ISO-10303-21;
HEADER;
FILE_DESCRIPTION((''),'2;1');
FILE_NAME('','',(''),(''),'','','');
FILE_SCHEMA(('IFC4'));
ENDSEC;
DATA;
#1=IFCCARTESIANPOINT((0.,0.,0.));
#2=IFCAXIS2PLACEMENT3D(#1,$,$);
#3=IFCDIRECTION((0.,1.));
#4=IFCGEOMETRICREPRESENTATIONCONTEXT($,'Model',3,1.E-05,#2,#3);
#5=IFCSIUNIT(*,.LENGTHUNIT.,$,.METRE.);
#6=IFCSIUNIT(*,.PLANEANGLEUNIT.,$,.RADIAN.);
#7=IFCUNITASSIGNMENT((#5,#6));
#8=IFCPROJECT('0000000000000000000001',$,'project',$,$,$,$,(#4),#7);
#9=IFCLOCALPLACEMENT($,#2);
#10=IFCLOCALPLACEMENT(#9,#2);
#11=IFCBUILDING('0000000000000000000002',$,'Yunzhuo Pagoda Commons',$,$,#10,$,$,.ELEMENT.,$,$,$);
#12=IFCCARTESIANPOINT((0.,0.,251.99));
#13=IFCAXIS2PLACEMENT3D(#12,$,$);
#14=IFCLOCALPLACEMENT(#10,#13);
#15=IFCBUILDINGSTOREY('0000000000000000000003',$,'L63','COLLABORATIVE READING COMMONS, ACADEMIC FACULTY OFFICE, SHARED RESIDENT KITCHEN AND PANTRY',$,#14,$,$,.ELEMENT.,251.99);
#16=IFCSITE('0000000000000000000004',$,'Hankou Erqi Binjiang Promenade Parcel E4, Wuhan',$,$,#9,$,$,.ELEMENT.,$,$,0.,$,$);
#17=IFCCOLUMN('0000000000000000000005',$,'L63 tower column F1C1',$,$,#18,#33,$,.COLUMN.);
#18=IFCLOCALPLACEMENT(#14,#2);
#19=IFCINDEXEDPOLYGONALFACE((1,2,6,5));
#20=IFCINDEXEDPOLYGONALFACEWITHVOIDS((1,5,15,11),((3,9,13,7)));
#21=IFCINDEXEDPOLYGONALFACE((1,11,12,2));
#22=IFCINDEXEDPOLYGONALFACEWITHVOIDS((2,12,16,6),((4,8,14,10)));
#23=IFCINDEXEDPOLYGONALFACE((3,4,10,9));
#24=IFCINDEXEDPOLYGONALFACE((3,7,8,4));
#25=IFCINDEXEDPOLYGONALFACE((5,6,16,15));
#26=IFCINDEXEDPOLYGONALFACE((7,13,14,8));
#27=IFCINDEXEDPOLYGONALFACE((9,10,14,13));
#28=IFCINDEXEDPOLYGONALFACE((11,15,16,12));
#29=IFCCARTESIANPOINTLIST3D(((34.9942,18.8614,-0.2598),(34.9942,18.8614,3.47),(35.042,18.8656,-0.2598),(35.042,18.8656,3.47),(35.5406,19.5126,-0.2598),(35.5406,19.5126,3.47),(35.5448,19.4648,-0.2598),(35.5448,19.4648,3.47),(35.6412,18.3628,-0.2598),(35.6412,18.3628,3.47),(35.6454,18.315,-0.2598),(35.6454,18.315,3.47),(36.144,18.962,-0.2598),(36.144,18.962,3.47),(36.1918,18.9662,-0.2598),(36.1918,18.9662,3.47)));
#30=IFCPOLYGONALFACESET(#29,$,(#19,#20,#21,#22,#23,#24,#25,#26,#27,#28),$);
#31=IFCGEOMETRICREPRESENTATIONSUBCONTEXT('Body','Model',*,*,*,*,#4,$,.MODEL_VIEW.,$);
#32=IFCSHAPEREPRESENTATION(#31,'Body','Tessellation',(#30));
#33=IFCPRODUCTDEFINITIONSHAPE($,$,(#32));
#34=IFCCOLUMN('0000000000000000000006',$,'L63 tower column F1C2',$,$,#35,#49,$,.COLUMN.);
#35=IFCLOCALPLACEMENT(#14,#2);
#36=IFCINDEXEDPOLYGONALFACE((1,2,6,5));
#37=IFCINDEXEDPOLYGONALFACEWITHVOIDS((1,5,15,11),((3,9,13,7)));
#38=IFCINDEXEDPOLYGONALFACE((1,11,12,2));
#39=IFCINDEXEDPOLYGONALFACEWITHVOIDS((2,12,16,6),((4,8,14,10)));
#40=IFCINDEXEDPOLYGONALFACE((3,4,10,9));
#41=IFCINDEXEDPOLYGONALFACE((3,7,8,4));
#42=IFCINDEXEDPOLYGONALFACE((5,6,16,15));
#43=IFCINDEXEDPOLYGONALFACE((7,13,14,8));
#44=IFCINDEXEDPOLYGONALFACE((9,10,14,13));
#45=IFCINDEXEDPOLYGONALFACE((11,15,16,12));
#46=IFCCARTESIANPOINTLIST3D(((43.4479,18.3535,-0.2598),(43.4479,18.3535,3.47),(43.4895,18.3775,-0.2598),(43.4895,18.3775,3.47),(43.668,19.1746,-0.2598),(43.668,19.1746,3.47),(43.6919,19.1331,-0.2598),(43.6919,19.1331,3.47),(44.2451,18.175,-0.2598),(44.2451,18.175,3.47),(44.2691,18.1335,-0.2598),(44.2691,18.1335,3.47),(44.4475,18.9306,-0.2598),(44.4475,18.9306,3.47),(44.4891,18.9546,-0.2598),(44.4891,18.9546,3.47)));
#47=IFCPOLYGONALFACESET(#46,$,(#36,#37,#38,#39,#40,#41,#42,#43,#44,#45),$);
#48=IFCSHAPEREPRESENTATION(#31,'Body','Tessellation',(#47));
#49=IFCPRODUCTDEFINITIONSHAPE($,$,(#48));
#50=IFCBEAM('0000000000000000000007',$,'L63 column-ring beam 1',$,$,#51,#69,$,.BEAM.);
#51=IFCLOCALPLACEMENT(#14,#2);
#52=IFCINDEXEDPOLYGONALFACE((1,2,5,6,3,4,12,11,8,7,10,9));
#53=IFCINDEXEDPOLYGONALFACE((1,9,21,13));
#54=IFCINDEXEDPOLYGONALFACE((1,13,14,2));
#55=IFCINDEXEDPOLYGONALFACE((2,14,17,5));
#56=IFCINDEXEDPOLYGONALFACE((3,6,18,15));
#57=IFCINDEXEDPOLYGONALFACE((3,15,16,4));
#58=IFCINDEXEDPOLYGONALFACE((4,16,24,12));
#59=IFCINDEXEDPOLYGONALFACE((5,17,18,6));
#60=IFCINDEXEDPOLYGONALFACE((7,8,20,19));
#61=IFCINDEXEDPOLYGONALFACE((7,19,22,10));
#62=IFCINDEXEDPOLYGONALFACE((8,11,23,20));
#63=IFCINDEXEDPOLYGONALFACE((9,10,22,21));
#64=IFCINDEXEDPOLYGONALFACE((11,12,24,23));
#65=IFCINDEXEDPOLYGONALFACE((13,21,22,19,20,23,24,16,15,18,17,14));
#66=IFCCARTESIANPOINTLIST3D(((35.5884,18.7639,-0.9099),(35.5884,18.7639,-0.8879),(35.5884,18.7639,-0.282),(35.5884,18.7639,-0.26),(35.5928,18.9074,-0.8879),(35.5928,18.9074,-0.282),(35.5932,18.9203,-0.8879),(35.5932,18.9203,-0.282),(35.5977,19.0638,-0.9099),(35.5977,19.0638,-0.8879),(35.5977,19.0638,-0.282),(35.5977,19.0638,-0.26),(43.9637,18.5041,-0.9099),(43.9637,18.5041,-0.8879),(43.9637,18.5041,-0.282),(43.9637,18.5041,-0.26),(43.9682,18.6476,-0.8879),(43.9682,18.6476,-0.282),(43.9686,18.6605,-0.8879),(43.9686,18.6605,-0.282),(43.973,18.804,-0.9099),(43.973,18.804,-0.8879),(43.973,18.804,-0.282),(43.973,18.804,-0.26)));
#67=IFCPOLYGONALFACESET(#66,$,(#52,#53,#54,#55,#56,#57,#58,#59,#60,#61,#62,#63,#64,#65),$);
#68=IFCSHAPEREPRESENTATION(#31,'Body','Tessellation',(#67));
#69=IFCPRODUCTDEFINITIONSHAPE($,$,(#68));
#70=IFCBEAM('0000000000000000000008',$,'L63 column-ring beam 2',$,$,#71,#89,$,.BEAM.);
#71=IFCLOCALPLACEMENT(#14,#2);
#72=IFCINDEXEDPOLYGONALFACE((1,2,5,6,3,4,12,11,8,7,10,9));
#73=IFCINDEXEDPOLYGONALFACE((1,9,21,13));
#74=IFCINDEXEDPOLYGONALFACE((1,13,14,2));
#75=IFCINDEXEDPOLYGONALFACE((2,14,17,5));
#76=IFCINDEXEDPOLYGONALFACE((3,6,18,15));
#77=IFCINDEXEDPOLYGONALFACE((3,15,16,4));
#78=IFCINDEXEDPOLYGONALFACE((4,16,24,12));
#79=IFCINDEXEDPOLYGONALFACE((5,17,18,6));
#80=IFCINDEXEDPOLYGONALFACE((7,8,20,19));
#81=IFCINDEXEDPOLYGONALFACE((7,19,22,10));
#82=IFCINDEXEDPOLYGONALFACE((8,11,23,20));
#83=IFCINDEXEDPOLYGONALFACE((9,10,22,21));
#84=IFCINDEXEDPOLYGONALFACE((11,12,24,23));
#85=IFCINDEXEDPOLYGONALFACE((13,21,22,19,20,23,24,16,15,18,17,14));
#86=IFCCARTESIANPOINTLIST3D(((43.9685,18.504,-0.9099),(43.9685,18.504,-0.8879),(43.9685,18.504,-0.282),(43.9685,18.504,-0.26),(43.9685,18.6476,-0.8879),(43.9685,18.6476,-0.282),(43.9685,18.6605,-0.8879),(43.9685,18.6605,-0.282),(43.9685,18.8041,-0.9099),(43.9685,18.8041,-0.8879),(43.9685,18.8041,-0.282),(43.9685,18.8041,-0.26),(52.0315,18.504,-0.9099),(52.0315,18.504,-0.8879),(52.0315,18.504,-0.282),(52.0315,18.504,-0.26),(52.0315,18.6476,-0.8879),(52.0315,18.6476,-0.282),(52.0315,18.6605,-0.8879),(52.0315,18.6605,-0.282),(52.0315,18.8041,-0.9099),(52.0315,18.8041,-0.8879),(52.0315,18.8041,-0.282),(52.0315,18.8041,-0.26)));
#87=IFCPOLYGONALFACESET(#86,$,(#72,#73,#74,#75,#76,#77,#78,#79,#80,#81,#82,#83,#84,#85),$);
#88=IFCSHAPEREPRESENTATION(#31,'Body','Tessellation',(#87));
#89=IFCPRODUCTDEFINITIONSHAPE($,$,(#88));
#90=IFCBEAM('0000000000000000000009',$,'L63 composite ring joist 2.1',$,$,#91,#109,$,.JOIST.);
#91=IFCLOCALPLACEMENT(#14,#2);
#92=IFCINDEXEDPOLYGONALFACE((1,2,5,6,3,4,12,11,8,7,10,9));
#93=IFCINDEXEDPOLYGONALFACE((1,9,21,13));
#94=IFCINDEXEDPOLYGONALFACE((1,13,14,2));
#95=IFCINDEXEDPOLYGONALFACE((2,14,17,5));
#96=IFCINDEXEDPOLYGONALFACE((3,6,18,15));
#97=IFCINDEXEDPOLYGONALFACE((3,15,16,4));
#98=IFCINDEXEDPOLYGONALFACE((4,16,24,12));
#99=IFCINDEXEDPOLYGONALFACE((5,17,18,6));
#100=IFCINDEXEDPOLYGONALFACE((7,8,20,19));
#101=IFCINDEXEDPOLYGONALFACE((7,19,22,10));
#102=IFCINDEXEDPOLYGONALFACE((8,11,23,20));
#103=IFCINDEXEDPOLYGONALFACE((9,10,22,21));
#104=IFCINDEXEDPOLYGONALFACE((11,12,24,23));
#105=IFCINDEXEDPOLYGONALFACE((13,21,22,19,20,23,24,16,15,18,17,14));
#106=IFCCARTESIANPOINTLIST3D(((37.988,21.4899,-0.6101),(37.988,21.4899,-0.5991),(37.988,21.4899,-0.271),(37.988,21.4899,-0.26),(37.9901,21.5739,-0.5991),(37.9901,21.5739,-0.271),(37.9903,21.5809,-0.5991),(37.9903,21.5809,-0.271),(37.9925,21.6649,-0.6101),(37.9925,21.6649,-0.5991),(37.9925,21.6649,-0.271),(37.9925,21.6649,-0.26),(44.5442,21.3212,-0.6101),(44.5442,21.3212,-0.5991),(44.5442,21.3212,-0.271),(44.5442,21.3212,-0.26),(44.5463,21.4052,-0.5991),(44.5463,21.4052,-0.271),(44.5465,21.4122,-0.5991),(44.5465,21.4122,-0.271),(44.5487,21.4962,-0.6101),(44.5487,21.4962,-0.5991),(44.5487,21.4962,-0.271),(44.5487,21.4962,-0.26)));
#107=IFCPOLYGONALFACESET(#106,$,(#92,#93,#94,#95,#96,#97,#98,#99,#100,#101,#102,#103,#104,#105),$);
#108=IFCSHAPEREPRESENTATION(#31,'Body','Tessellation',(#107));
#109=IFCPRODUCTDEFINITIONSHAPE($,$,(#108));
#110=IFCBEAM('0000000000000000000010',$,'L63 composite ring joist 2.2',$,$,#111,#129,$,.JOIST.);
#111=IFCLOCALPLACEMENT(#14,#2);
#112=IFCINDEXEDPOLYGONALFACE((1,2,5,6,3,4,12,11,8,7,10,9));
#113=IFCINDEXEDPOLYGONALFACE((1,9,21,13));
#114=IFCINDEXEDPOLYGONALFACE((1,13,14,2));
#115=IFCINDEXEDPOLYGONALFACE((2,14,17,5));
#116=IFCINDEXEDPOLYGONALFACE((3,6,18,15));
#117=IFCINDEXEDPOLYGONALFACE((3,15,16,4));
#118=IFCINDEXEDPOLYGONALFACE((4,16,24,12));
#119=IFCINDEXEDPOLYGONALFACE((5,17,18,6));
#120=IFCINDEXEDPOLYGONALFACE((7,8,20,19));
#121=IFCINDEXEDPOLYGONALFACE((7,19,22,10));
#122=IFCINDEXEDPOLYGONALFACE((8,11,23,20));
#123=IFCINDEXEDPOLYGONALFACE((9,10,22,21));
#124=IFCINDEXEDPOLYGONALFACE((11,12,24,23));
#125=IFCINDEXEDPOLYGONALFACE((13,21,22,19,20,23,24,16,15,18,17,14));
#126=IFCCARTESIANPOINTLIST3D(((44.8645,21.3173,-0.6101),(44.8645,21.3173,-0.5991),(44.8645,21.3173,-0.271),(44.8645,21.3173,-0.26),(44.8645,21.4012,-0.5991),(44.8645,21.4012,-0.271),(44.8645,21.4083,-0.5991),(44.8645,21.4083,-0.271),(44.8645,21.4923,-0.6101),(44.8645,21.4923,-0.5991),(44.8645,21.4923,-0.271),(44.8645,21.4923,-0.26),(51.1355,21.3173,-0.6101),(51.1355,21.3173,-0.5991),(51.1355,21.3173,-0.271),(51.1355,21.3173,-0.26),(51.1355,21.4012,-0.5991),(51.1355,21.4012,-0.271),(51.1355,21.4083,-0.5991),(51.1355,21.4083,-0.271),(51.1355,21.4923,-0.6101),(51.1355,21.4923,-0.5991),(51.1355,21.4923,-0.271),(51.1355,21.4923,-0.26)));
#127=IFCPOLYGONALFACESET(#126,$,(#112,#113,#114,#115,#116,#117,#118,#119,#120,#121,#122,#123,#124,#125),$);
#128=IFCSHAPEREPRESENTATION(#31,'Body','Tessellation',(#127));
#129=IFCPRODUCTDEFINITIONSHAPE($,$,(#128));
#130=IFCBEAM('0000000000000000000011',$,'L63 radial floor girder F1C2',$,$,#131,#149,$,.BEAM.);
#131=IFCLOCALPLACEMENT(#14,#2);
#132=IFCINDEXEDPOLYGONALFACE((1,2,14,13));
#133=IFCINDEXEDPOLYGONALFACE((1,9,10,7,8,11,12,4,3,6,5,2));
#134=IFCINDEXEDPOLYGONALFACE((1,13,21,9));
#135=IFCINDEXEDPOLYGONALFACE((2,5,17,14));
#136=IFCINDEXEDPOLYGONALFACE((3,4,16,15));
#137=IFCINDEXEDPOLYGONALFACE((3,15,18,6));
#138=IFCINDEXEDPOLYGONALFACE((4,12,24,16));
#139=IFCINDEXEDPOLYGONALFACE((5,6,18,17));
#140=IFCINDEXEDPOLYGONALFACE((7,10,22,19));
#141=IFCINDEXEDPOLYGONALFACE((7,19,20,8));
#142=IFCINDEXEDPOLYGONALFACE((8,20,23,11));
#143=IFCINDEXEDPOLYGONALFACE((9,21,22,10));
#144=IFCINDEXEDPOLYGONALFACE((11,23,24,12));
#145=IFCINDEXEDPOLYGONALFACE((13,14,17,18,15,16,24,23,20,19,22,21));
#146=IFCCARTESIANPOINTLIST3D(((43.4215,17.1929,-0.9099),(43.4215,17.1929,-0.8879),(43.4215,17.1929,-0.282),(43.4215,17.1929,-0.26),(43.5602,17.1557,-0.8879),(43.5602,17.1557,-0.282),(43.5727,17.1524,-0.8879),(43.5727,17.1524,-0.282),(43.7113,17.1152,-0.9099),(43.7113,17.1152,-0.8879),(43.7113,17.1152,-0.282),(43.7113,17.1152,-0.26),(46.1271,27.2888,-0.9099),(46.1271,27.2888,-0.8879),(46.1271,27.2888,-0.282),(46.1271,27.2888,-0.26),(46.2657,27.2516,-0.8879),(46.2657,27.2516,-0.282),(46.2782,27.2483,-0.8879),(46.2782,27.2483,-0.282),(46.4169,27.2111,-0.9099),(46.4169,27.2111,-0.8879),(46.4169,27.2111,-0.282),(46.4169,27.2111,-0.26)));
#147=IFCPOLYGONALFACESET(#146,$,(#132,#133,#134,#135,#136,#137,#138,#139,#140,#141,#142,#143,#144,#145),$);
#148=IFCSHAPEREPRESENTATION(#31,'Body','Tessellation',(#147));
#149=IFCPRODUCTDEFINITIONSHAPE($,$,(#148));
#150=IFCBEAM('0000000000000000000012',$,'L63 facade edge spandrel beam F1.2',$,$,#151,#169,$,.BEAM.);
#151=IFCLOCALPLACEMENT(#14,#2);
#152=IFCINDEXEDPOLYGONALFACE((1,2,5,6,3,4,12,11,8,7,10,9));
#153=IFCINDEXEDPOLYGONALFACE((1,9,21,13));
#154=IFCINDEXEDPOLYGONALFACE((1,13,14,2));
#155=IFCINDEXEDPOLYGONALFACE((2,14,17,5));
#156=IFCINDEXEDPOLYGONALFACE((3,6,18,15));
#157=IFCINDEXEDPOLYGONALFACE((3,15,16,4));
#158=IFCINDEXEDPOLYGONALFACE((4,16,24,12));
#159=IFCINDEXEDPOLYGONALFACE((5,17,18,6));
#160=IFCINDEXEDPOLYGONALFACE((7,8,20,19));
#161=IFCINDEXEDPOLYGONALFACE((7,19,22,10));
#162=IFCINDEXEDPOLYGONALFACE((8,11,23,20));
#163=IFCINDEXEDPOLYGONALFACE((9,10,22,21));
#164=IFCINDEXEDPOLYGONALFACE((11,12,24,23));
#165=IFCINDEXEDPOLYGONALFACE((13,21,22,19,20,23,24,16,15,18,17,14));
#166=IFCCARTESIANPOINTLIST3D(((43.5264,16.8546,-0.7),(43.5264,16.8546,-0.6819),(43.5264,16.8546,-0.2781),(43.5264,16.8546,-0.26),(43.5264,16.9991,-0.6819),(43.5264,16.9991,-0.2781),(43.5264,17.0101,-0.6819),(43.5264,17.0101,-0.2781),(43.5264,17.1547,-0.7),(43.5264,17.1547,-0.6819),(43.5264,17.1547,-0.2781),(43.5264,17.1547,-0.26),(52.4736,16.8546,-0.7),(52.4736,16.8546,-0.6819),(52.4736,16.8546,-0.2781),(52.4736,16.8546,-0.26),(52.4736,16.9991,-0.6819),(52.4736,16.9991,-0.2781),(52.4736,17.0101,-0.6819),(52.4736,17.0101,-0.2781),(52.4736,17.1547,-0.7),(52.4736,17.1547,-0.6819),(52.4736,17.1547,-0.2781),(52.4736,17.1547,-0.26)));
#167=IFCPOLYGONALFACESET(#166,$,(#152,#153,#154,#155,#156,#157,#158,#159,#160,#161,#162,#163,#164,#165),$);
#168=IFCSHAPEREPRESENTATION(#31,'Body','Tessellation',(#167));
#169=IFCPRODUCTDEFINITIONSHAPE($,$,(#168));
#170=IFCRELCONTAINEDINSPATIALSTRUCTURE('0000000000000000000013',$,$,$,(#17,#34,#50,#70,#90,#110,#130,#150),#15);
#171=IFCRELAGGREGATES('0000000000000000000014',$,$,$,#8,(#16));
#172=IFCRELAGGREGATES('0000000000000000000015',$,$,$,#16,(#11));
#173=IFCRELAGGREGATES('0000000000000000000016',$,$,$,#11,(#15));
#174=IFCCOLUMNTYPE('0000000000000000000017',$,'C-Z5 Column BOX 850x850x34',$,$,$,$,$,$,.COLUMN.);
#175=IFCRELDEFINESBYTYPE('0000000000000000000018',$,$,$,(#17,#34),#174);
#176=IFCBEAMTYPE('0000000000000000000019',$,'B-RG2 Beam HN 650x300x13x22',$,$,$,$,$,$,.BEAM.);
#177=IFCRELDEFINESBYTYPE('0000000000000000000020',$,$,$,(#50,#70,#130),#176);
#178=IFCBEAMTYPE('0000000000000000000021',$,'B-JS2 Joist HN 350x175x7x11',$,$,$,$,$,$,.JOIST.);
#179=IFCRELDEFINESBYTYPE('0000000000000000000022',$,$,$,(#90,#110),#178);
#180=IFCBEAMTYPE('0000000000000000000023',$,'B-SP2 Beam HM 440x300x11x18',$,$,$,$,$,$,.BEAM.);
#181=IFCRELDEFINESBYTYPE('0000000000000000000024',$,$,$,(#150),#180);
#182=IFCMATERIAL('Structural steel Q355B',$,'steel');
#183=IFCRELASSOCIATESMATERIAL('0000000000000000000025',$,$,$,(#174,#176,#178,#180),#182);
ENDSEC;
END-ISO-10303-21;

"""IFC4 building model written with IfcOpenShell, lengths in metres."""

from ifc_helpers import new_model, si_unit, direction, frame, origin, origin_2d, place, context, subcontext, project, spatial, hollow_rectangle, i_section, extrude, source, transform, mapped, material, material_profile, profile_set, type_object, element, save


model = new_model("IFC4")

# Units and contexts
model_context = context("Model", 3, precision=1e-05, world=origin(), true_north=direction((0.0, 1.0)))
body_context = subcontext(model_context, "Body", "Model", "MODEL_VIEW")
ifc_project = project(units=[si_unit("LENGTHUNIT", "METRE"), si_unit("PLANEANGLEUNIT", "RADIAN")], contexts=[model_context])

# Site, building, storey
site_placement = place(None, origin())
site = spatial("IfcSite", under=ifc_project, at=site_placement, Name="Hankou Erqi Binjiang Promenade Parcel E4, Wuhan", CompositionType="ELEMENT", RefElevation=0.0)
building_placement = place(site_placement, origin())
building = spatial("IfcBuilding", under=site, at=building_placement, Name="Yunzhuo Pagoda Commons", CompositionType="ELEMENT")
storey_placement = place(building_placement, frame((0.0, 0.0, 251.99)))
storey = spatial("IfcBuildingStorey", under=building, at=storey_placement, Name="L63", Description="COLLABORATIVE READING COMMONS, ACADEMIC FACULTY OFFICE, SHARED RESIDENT KITCHEN AND PANTRY", CompositionType="ELEMENT", Elevation=251.99)

# Columns
ifc_material_1 = material(Name="Structural steel Q355B", Category="steel")
ifc_material_profile_1 = material_profile(ifc_material_1, hollow_rectangle(XDim=0.8501, YDim=0.8501, WallThickness=0.0339, at=origin_2d()), Name="Structural steel Q355B")
ifc_profile_set_1 = profile_set([ifc_material_profile_1], Name="Structural steel Q355B")
column_type = type_object("IfcColumnType", Name="C-Z5 Column BOX 850x850x34", PredefinedType="COLUMN", material=ifc_profile_set_1)
shared_shape_1 = source(origin(), body_context, "Body", "SweptSolid", [
    extrude(hollow_rectangle(XDim=0.8501, YDim=0.8501, WallThickness=0.0339, at=origin_2d()), origin(), (0.0, 0.0, 1.0), 3.7297),
])
for number, where, z_axis, x_axis, name in (
    (1, (35.593, 18.9138, -0.2598), (0.0, 0.0, 1.0), (0.766044, -0.642788, 0.0), "L63 tower column F1C1"),
    (2, (43.9685, 18.6541, -0.2598), (0.0, 0.0, 1.0), (0.965926, -0.258819, 0.0), "L63 tower column F1C2"),
):
    element("IfcColumn", number, at=place(storey_placement, frame(where, z_axis=z_axis, x_axis=x_axis)), inside=storey, type_object=column_type, Name=name, PredefinedType="COLUMN", context=body_context, shape_type="MappedRepresentation", body=[
        mapped(shared_shape_1, transform((0.0, 0.0, 0.0), scale=1.0)),
    ])

# Beams
ifc_material_profile_2 = material_profile(ifc_material_1, i_section(OverallWidth=0.3, OverallDepth=0.6499, WebThickness=0.0129, FlangeThickness=0.022, at=origin_2d()), Name="Structural steel Q355B")
ifc_profile_set_2 = profile_set([ifc_material_profile_2], Name="Structural steel Q355B")
beam_type_1 = type_object("IfcBeamType", Name="B-RG2 Beam HN 650x300x13x22", PredefinedType="BEAM", material=ifc_profile_set_2)
shared_shape_2 = source(origin(), body_context, "Body", "SweptSolid", [
    extrude(i_section(OverallWidth=0.3, OverallDepth=0.6499, WebThickness=0.0129, FlangeThickness=0.022, at=origin_2d()), origin(), (0.0, 0.0, 1.0), 8.3794),
])
beam_1_placement = place(storey_placement, frame((35.593, 18.9138, -0.585), z_axis=(0.999519, -0.031, 0.0), x_axis=(0.031, 0.999519, 0.0)))
element("IfcBeam", 3, at=beam_1_placement, inside=storey, type_object=beam_type_1, Name="L63 column-ring beam 1", PredefinedType="BEAM", context=body_context, shape_type="MappedRepresentation", body=[
    mapped(shared_shape_2, transform((0.0, 0.0, 0.0), scale=1.0)),
])
shared_shape_3 = source(origin(), body_context, "Body", "SweptSolid", [
    extrude(i_section(OverallWidth=0.3, OverallDepth=0.6499, WebThickness=0.0129, FlangeThickness=0.022, at=origin_2d()), origin(), (0.0, 0.0, 1.0), 8.063),
])
beam_2_placement = place(storey_placement, frame((43.9685, 18.6541, -0.585), z_axis=(1.0, 0.0, 0.0), x_axis=(0.0, 1.0, 0.0)))
element("IfcBeam", 4, at=beam_2_placement, inside=storey, type_object=beam_type_1, Name="L63 column-ring beam 2", PredefinedType="BEAM", context=body_context, shape_type="MappedRepresentation", body=[
    mapped(shared_shape_3, transform((0.0, 0.0, 0.0), scale=1.0)),
])
ifc_material_profile_3 = material_profile(ifc_material_1, i_section(OverallWidth=0.175, OverallDepth=0.3501, WebThickness=0.0071, FlangeThickness=0.011, at=origin_2d()), Name="Structural steel Q355B")
ifc_profile_set_3 = profile_set([ifc_material_profile_3], Name="Structural steel Q355B")
beam_type_2 = type_object("IfcBeamType", Name="B-JS2 Joist HN 350x175x7x11", PredefinedType="JOIST", material=ifc_profile_set_3)
shared_shape_4 = source(origin(), body_context, "Body", "SweptSolid", [
    extrude(i_section(OverallWidth=0.175, OverallDepth=0.3501, WebThickness=0.0071, FlangeThickness=0.011, at=origin_2d()), origin(), (0.0, 0.0, 1.0), 6.5583),
])
beam_3_placement = place(storey_placement, frame((37.9902, 21.5774, -0.4351), z_axis=(0.999669, -0.025723, 0.0), x_axis=(0.025723, 0.999669, 0.0)))
element("IfcBeam", 5, at=beam_3_placement, inside=storey, type_object=beam_type_2, Name="L63 composite ring joist 2.1", PredefinedType="JOIST", context=body_context, shape_type="MappedRepresentation", body=[
    mapped(shared_shape_4, transform((0.0, 0.0, 0.0), scale=1.0)),
])
shared_shape_5 = source(origin(), body_context, "Body", "SweptSolid", [
    extrude(i_section(OverallWidth=0.175, OverallDepth=0.3501, WebThickness=0.0071, FlangeThickness=0.011, at=origin_2d()), origin(), (0.0, 0.0, 1.0), 6.271),
])
beam_4_placement = place(storey_placement, frame((44.8645, 21.4048, -0.4351), z_axis=(1.0, 0.0, 0.0), x_axis=(0.0, 1.0, 0.0)))
element("IfcBeam", 6, at=beam_4_placement, inside=storey, type_object=beam_type_2, Name="L63 composite ring joist 2.2", PredefinedType="JOIST", context=body_context, shape_type="MappedRepresentation", body=[
    mapped(shared_shape_5, transform((0.0, 0.0, 0.0), scale=1.0)),
])
shared_shape_6 = source(origin(), body_context, "Body", "SweptSolid", [
    extrude(i_section(OverallWidth=0.3, OverallDepth=0.6499, WebThickness=0.0129, FlangeThickness=0.022, at=origin_2d()), origin(), (0.0, 0.0, 1.0), 10.4521),
])
beam_5_placement = place(storey_placement, frame((43.5664, 17.1541, -0.585), z_axis=(0.258852, 0.965917, 0.0), x_axis=(-0.965917, 0.258852, 0.0)))
element("IfcBeam", 7, at=beam_5_placement, inside=storey, type_object=beam_type_1, Name="L63 radial floor girder F1C2", PredefinedType="BEAM", context=body_context, shape_type="MappedRepresentation", body=[
    mapped(shared_shape_6, transform((0.0, 0.0, 0.0), scale=1.0)),
])
ifc_material_profile_4 = material_profile(ifc_material_1, i_section(OverallWidth=0.3, OverallDepth=0.4399, WebThickness=0.011, FlangeThickness=0.0181, at=origin_2d()), Name="Structural steel Q355B")
ifc_profile_set_4 = profile_set([ifc_material_profile_4], Name="Structural steel Q355B")
beam_type_3 = type_object("IfcBeamType", Name="B-SP2 Beam HM 440x300x11x18", PredefinedType="BEAM", material=ifc_profile_set_4)
shared_shape_7 = source(origin(), body_context, "Body", "SweptSolid", [
    extrude(i_section(OverallWidth=0.3, OverallDepth=0.4399, WebThickness=0.011, FlangeThickness=0.0181, at=origin_2d()), origin(), (0.0, 0.0, 1.0), 8.9473),
])
beam_6_placement = place(storey_placement, frame((43.5264, 17.0046, -0.48), z_axis=(1.0, 0.0, 0.0), x_axis=(0.0, 1.0, 0.0)))
element("IfcBeam", 8, at=beam_6_placement, inside=storey, type_object=beam_type_3, Name="L63 facade edge spandrel beam F1.2", PredefinedType="BEAM", context=body_context, shape_type="MappedRepresentation", body=[
    mapped(shared_shape_7, transform((0.0, 0.0, 0.0), scale=1.0)),
])

save(model, "model.ifc")
